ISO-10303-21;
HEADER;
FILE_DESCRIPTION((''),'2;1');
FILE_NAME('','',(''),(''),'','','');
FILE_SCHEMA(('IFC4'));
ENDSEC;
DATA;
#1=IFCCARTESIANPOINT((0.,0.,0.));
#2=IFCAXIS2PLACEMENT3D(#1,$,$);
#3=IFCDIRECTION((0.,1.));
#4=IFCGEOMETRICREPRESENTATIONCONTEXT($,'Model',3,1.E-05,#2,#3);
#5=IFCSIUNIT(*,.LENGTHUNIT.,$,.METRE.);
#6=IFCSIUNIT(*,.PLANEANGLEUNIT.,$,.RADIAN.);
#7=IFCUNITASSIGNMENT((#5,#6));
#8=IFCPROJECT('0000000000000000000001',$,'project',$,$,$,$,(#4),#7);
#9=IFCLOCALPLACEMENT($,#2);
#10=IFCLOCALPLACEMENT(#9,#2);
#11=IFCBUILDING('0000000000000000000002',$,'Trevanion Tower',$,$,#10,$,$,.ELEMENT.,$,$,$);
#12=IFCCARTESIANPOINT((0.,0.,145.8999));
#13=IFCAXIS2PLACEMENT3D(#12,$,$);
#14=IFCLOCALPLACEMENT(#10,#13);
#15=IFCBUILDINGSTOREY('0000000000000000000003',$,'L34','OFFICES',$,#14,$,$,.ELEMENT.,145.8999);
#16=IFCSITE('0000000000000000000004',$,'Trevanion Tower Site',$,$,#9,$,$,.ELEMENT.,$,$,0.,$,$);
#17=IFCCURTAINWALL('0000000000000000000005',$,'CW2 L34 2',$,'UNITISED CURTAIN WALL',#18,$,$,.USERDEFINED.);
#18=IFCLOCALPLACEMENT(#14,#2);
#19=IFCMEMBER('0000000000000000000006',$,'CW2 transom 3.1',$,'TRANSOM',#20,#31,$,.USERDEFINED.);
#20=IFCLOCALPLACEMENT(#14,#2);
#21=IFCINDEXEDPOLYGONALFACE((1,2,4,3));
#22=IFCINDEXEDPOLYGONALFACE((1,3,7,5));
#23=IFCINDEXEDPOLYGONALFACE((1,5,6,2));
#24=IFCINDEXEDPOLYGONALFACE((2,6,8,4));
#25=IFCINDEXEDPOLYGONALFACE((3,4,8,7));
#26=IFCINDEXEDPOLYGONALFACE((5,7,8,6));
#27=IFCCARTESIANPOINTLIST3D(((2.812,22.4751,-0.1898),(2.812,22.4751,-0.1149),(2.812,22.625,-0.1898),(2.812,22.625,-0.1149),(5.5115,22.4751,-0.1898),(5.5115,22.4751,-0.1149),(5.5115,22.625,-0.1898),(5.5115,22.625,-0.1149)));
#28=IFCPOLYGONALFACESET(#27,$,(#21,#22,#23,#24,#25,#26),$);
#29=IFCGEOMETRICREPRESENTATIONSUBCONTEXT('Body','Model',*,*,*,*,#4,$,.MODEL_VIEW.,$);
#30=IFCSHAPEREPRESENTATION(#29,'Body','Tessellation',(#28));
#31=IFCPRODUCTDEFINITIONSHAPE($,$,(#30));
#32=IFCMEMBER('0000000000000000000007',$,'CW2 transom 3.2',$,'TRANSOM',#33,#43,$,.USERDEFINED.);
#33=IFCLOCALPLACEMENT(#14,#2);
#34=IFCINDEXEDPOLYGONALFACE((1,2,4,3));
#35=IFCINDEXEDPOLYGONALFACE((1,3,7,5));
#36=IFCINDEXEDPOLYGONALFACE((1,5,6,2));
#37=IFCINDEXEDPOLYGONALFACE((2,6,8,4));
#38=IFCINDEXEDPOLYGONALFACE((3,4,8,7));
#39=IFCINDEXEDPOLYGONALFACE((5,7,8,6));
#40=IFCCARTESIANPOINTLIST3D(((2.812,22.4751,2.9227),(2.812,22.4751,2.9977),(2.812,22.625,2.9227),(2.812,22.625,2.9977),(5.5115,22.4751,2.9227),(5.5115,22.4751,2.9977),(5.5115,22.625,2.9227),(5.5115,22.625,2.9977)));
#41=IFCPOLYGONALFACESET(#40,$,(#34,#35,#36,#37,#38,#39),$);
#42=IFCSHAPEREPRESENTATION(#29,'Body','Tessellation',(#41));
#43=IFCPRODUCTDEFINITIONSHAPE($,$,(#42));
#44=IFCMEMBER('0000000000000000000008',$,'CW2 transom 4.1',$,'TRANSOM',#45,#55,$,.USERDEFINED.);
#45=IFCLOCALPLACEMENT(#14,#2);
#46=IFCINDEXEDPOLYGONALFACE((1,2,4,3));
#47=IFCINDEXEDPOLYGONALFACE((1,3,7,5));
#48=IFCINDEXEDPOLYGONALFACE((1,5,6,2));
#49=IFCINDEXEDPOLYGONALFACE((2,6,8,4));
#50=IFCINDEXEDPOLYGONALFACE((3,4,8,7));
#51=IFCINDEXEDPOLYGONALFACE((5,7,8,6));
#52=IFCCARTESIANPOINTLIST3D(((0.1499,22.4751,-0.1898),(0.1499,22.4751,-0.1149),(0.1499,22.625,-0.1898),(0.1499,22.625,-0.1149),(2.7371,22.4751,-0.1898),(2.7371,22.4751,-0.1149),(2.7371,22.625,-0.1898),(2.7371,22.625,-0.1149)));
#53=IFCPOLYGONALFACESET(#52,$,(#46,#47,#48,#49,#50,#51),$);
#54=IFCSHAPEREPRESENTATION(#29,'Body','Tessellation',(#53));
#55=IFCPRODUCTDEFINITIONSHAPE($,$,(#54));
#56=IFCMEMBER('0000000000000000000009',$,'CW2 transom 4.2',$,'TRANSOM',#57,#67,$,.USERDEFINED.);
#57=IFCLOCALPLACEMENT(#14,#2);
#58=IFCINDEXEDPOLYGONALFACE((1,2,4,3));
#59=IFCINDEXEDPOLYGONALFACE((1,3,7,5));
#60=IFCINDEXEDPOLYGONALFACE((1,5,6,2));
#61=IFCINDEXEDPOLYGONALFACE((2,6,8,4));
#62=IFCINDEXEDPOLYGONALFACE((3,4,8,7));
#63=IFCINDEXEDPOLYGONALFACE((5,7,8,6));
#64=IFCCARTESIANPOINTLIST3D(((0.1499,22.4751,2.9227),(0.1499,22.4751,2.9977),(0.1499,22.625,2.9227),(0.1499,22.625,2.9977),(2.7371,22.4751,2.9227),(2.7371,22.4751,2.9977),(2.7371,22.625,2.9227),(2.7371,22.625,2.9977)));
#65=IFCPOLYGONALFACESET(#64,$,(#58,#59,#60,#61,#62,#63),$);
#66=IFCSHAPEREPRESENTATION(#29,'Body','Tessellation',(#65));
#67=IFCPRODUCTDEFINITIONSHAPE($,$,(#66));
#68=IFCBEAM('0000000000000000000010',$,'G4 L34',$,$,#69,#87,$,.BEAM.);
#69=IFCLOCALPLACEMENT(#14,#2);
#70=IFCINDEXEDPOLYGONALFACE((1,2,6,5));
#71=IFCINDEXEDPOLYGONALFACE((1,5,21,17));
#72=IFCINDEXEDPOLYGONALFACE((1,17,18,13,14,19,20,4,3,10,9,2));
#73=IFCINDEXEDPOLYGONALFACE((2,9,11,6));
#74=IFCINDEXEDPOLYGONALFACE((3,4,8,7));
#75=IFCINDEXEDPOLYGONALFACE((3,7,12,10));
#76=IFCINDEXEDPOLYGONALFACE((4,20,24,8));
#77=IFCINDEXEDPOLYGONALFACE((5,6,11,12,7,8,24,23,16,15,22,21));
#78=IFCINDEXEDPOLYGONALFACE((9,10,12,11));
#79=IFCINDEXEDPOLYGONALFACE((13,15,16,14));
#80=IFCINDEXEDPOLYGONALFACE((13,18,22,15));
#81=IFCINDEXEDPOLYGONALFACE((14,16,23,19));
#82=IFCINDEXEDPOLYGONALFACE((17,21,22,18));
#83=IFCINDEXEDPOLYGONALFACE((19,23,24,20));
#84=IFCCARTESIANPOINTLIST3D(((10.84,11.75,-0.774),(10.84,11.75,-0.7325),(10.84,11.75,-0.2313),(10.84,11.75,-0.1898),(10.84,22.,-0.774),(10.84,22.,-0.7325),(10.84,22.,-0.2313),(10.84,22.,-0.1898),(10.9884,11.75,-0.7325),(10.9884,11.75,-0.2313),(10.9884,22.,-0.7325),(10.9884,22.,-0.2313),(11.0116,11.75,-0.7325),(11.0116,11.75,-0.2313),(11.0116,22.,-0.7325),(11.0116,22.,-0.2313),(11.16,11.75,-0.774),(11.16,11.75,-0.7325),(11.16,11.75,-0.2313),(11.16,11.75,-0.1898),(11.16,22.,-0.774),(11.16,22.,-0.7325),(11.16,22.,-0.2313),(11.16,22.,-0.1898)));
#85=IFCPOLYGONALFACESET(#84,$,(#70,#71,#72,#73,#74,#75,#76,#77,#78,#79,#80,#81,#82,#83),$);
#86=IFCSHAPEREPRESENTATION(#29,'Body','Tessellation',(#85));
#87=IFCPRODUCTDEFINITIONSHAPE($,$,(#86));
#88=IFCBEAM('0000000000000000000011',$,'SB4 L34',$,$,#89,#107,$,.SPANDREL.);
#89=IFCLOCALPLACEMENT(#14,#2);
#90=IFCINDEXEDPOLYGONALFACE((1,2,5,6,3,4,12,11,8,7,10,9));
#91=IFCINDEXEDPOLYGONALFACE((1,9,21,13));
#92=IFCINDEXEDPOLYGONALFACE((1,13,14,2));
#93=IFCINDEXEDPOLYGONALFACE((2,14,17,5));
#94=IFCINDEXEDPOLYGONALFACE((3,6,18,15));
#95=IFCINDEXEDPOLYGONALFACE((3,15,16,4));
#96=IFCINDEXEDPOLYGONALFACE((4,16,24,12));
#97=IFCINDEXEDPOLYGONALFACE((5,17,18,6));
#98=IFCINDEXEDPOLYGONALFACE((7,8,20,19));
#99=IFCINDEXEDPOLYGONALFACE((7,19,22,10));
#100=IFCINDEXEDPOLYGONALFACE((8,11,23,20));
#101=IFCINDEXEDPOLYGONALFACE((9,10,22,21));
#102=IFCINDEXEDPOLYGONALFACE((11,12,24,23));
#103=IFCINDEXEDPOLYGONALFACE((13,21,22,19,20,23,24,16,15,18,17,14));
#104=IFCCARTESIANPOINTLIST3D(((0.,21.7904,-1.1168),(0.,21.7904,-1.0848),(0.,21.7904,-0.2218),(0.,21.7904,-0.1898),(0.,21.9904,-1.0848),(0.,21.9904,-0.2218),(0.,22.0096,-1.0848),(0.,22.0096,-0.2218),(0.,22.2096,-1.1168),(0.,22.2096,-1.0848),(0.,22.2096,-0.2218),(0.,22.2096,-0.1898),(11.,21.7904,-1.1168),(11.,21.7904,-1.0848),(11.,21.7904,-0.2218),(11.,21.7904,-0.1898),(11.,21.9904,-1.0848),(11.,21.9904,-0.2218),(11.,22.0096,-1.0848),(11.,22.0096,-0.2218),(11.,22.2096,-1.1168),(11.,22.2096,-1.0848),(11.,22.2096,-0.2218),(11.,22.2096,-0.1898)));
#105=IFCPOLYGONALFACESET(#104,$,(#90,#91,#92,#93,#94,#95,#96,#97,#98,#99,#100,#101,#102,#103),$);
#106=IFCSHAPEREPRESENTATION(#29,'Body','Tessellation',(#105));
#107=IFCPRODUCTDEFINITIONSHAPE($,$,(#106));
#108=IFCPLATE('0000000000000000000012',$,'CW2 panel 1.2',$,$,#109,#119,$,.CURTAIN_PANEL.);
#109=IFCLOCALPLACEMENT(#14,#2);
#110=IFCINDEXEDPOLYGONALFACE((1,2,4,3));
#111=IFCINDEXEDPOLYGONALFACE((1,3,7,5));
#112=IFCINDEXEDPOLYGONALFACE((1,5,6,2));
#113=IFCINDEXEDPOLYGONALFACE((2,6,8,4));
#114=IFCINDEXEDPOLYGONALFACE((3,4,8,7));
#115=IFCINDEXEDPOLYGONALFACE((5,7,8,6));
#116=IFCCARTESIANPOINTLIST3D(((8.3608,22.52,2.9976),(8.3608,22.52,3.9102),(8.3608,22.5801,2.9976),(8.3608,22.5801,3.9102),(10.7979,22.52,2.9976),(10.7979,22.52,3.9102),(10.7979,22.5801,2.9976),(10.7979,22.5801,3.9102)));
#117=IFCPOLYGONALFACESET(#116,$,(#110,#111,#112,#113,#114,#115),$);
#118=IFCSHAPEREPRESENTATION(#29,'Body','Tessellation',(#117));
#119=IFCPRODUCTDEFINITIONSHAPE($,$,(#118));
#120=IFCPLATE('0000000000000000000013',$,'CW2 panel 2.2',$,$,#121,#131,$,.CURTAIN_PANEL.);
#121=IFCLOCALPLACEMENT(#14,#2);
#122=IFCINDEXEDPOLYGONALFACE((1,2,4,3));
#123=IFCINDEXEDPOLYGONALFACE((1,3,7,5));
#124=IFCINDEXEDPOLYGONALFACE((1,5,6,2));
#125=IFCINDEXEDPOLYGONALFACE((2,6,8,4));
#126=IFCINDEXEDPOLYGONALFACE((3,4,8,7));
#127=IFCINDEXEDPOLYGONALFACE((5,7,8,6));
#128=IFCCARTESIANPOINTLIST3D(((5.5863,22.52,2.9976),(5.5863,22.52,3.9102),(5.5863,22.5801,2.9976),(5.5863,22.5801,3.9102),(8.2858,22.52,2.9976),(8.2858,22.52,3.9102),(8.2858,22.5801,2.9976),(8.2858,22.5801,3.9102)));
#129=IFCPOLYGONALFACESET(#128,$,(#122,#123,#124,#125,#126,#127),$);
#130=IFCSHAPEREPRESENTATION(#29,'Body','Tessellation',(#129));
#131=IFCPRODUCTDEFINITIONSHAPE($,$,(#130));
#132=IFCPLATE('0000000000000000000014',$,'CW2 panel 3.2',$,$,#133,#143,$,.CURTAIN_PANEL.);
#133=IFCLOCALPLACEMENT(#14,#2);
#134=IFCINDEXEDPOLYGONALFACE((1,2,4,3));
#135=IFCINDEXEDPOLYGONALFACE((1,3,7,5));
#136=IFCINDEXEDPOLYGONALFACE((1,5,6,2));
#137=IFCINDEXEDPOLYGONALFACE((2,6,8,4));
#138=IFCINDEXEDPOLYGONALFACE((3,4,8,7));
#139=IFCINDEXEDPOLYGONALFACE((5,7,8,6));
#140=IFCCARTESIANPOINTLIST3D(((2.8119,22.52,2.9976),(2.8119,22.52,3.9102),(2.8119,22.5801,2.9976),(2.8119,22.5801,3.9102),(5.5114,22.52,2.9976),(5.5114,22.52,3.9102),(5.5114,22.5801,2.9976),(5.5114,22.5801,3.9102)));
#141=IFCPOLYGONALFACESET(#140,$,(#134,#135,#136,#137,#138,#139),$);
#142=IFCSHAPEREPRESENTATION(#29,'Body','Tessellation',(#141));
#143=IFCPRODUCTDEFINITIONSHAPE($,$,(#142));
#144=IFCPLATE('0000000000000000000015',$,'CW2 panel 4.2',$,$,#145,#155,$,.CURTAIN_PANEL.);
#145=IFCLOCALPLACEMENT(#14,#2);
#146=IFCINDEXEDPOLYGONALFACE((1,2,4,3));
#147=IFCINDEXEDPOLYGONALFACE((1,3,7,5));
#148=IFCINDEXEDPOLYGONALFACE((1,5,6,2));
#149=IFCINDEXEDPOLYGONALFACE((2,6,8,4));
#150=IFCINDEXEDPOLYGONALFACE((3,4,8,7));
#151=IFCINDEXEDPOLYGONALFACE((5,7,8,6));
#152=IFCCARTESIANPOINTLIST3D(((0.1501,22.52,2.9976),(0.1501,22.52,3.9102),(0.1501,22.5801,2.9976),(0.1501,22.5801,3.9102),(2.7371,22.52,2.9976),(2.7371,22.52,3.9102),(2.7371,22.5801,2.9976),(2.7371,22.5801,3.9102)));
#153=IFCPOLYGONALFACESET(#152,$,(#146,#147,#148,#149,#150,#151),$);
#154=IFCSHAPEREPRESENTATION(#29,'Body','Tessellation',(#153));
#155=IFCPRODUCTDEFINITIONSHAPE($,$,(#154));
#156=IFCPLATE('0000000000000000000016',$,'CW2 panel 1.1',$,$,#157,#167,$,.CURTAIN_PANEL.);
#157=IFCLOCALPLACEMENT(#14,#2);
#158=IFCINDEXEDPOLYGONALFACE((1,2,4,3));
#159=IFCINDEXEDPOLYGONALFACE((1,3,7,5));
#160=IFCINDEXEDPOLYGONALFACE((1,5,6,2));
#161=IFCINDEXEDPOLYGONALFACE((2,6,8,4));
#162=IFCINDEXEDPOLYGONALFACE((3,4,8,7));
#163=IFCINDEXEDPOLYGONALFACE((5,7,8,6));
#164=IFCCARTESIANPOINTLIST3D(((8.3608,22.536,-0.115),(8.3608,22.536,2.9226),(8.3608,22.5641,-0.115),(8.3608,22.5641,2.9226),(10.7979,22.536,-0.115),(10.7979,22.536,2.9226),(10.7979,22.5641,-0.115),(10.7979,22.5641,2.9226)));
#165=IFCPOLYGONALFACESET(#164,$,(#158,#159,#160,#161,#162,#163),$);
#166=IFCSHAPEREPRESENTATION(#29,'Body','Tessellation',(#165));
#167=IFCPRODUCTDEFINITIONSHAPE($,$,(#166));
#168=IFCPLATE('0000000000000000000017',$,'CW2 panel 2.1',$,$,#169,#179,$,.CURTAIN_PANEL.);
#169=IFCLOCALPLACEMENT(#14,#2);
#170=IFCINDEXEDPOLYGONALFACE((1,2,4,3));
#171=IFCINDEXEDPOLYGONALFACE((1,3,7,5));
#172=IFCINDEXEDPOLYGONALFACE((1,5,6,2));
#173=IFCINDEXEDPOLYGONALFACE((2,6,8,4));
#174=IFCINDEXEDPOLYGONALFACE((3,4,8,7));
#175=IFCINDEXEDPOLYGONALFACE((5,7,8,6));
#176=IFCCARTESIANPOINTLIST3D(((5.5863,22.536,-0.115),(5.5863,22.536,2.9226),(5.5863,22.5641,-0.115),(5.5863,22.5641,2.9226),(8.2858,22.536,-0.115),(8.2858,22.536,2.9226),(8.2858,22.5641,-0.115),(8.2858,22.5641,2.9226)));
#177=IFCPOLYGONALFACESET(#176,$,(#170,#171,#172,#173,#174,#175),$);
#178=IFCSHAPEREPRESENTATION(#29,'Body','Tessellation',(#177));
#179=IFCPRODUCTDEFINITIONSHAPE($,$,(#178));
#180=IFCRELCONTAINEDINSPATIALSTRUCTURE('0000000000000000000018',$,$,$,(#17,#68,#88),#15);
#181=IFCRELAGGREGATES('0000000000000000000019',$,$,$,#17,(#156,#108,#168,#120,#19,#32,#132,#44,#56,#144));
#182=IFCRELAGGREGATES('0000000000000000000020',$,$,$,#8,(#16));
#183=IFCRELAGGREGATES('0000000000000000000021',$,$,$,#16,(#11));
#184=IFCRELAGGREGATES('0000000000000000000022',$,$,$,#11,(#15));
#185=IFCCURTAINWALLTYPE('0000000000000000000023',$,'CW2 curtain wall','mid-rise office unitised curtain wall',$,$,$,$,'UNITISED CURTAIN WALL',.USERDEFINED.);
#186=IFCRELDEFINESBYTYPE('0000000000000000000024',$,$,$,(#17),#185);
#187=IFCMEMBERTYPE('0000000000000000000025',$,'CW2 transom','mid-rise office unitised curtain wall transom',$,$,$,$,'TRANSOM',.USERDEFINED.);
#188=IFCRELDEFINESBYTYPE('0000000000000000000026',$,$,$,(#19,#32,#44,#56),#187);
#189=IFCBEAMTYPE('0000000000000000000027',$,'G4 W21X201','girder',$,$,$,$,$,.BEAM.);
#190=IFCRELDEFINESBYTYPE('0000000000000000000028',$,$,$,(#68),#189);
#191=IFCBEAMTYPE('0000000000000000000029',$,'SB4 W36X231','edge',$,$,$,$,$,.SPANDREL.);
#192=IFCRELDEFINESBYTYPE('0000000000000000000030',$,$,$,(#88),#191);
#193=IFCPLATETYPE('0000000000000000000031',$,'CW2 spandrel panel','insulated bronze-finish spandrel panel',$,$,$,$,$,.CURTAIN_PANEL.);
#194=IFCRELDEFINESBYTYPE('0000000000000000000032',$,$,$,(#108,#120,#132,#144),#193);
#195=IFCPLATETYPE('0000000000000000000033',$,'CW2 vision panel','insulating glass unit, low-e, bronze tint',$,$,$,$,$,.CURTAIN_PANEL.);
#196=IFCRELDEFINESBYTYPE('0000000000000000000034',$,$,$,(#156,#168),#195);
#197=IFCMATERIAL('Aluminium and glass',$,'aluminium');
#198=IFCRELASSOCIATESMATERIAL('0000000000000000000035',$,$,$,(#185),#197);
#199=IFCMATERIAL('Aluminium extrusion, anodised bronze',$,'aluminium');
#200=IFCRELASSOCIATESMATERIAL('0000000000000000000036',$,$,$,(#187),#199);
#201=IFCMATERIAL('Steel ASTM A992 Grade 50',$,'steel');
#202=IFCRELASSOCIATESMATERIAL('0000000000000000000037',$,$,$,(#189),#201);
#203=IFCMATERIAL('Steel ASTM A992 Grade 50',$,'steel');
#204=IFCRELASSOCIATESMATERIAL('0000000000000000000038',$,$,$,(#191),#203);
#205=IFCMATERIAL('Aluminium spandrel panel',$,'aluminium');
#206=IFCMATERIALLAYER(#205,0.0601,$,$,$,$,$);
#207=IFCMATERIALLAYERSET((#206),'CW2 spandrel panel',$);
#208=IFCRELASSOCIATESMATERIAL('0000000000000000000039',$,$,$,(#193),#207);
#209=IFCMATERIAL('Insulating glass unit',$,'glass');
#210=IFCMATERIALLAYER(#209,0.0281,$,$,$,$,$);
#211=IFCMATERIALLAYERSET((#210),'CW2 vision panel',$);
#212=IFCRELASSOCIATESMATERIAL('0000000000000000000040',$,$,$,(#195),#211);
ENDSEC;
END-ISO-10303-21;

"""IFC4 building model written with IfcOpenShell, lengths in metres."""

from ifc_helpers import new_model, si_unit, direction, frame, origin, origin_2d, place, context, subcontext, project, spatial, rectangle, i_section, extrude, material, layer, layer_set, material_profile, profile_set, type_object, element, aggregate, save


model = new_model("IFC4")

# Units and contexts
model_context = context("Model", 3, precision=1e-05, world=origin(), true_north=direction((0.0, 1.0)))
body_context = subcontext(model_context, "Body", "Model", "MODEL_VIEW")
ifc_project = project(units=[si_unit("LENGTHUNIT", "METRE"), si_unit("PLANEANGLEUNIT", "RADIAN")], contexts=[model_context])

# Site, building, storey
site_placement = place(None, origin())
site = spatial("IfcSite", under=ifc_project, at=site_placement, Name="Trevanion Tower Site", CompositionType="ELEMENT", RefElevation=0.0)
building_placement = place(site_placement, origin())
building = spatial("IfcBuilding", under=site, at=building_placement, Name="Trevanion Tower", CompositionType="ELEMENT")
storey_placement = place(building_placement, frame((0.0, 0.0, 145.8999)))
storey = spatial("IfcBuildingStorey", under=building, at=storey_placement, Name="L34", Description="OFFICES", CompositionType="ELEMENT", Elevation=145.8999)

# Curtain wall, members
ifc_material_1 = material(Name="Aluminium and glass", Category="aluminium")
curtain_wall_type = type_object("IfcCurtainWallType", Name="CW2 curtain wall", Description="mid-rise office unitised curtain wall", ElementType="UNITISED CURTAIN WALL", PredefinedType="USERDEFINED", material=ifc_material_1)
curtain_wall_placement = place(storey_placement, origin())
curtain_wall = element("IfcCurtainWall", 1, at=curtain_wall_placement, inside=storey, type_object=curtain_wall_type, Name="CW2 L34 2", ObjectType="UNITISED CURTAIN WALL", PredefinedType="USERDEFINED")
ifc_material_2 = material(Name="Aluminium extrusion, anodised bronze", Category="aluminium")
ifc_material_profile_1 = material_profile(ifc_material_2, rectangle(XDim=0.1499, YDim=0.075, at=origin_2d()), Name="CW2 transom")
ifc_profile_set_1 = profile_set([ifc_material_profile_1], Name="Aluminium extrusion, anodised bronze")
member_type_1 = type_object("IfcMemberType", Name="CW2 transom", Description="mid-rise office unitised curtain wall transom", ElementType="TRANSOM", PredefinedType="USERDEFINED", material=ifc_profile_set_1)
member_1_placement = place(storey_placement, frame((5.5115, 22.55, -0.1523), z_axis=(-1.0, 0.0, 0.0), x_axis=(0.0, -1.0, 0.0)))
member_1 = element("IfcMember", 2, at=member_1_placement, type_object=member_type_1, Name="CW2 transom 3.1", ObjectType="TRANSOM", PredefinedType="USERDEFINED", context=body_context, shape_type="SweptSolid", body=[
    extrude(rectangle(XDim=0.1499, YDim=0.075, at=origin_2d()), origin(), (0.0, 0.0, 1.0), 2.6995),
])
member_2_placement = place(storey_placement, frame((5.5115, 22.55, 2.9602), z_axis=(-1.0, 0.0, 0.0), x_axis=(0.0, -1.0, 0.0)))
member_2 = element("IfcMember", 3, at=member_2_placement, type_object=member_type_1, Name="CW2 transom 3.2", ObjectType="TRANSOM", PredefinedType="USERDEFINED", context=body_context, shape_type="SweptSolid", body=[
    extrude(rectangle(XDim=0.1499, YDim=0.075, at=origin_2d()), origin(), (0.0, 0.0, 1.0), 2.6995),
])
member_3_placement = place(storey_placement, frame((2.7371, 22.55, -0.1523), z_axis=(-1.0, 0.0, 0.0), x_axis=(0.0, -1.0, 0.0)))
member_3 = element("IfcMember", 4, at=member_3_placement, type_object=member_type_1, Name="CW2 transom 4.1", ObjectType="TRANSOM", PredefinedType="USERDEFINED", context=body_context, shape_type="SweptSolid", body=[
    extrude(rectangle(XDim=0.1499, YDim=0.075, at=origin_2d()), origin(), (0.0, 0.0, 1.0), 2.5872),
])
member_4_placement = place(storey_placement, frame((2.7371, 22.55, 2.9602), z_axis=(-1.0, 0.0, 0.0), x_axis=(0.0, -1.0, 0.0)))
member_4 = element("IfcMember", 5, at=member_4_placement, type_object=member_type_1, Name="CW2 transom 4.2", ObjectType="TRANSOM", PredefinedType="USERDEFINED", context=body_context, shape_type="SweptSolid", body=[
    extrude(rectangle(XDim=0.1499, YDim=0.075, at=origin_2d()), origin(), (0.0, 0.0, 1.0), 2.5872),
])

# Beams
ifc_material_3 = material(Name="Steel ASTM A992 Grade 50", Category="steel")
ifc_material_profile_2 = material_profile(ifc_material_3, i_section(OverallWidth=0.3201, OverallDepth=0.5842, WebThickness=0.0232, FlangeThickness=0.0415, at=origin_2d()), Name="W21X201")
ifc_profile_set_2 = profile_set([ifc_material_profile_2], Name="Steel ASTM A992 Grade 50")
beam_type_1 = type_object("IfcBeamType", Name="G4 W21X201", Description="girder", PredefinedType="BEAM", material=ifc_profile_set_2)
beam_1_placement = place(storey_placement, frame((11.0, 11.75, -0.4819), z_axis=(0.0, 1.0, 0.0), x_axis=(-1.0, 0.0, 0.0)))
element("IfcBeam", 6, at=beam_1_placement, inside=storey, type_object=beam_type_1, Name="G4 L34", PredefinedType="BEAM", context=body_context, shape_type="SweptSolid", body=[
    extrude(i_section(OverallWidth=0.3201, OverallDepth=0.5842, WebThickness=0.0232, FlangeThickness=0.0415, at=origin_2d()), origin(), (0.0, 0.0, 1.0), 10.25),
])
ifc_material_4 = material(Name="Steel ASTM A992 Grade 50", Category="steel")
ifc_material_profile_3 = material_profile(ifc_material_4, i_section(OverallWidth=0.4192, OverallDepth=0.927, WebThickness=0.0193, FlangeThickness=0.032, at=origin_2d()), Name="W36X231")
ifc_profile_set_3 = profile_set([ifc_material_profile_3], Name="Steel ASTM A992 Grade 50")
beam_type_2 = type_object("IfcBeamType", Name="SB4 W36X231", Description="edge", PredefinedType="SPANDREL", material=ifc_profile_set_3)
beam_2_placement = place(storey_placement, frame((11.0, 22.0, -0.6533), z_axis=(-1.0, 0.0, 0.0), x_axis=(0.0, -1.0, 0.0)))
element("IfcBeam", 7, at=beam_2_placement, inside=storey, type_object=beam_type_2, Name="SB4 L34", PredefinedType="SPANDREL", context=body_context, shape_type="SweptSolid", body=[
    extrude(i_section(OverallWidth=0.4192, OverallDepth=0.927, WebThickness=0.0193, FlangeThickness=0.032, at=origin_2d()), origin(), (0.0, 0.0, 1.0), 11.0),
])

# Plates
ifc_material_5 = material(Name="Aluminium spandrel panel", Category="aluminium")
ifc_layer_1 = layer(ifc_material_5, 0.0601)
ifc_layer_set_1 = layer_set([ifc_layer_1], Name="CW2 spandrel panel")
plate_type_1 = type_object("IfcPlateType", Name="CW2 spandrel panel", Description="insulated bronze-finish spandrel panel", PredefinedType="CURTAIN_PANEL", material=ifc_layer_set_1)
plate_1_placement = place(storey_placement, frame((9.5793, 22.55, 2.9976), z_axis=(0.0, 0.0, 1.0), x_axis=(-1.0, 0.0, 0.0)))
plate_1 = element("IfcPlate", 8, at=plate_1_placement, type_object=plate_type_1, Name="CW2 panel 1.2", PredefinedType="CURTAIN_PANEL", context=body_context, shape_type="SweptSolid", body=[
    extrude(rectangle(XDim=2.437, YDim=0.0601, at=origin_2d()), origin(), (0.0, 0.0, 1.0), 0.9126),
])
plate_2_placement = place(storey_placement, frame((6.936, 22.55, 2.9976), z_axis=(0.0, 0.0, 1.0), x_axis=(-1.0, 0.0, 0.0)))
plate_2 = element("IfcPlate", 9, at=plate_2_placement, type_object=plate_type_1, Name="CW2 panel 2.2", PredefinedType="CURTAIN_PANEL", context=body_context, shape_type="SweptSolid", body=[
    extrude(rectangle(XDim=2.6995, YDim=0.0601, at=origin_2d()), origin(), (0.0, 0.0, 1.0), 0.9126),
])
plate_3_placement = place(storey_placement, frame((4.1616, 22.55, 2.9976), z_axis=(0.0, 0.0, 1.0), x_axis=(-1.0, 0.0, 0.0)))
plate_3 = element("IfcPlate", 10, at=plate_3_placement, type_object=plate_type_1, Name="CW2 panel 3.2", PredefinedType="CURTAIN_PANEL", context=body_context, shape_type="SweptSolid", body=[
    extrude(rectangle(XDim=2.6995, YDim=0.0601, at=origin_2d()), origin(), (0.0, 0.0, 1.0), 0.9126),
])
plate_4_placement = place(storey_placement, frame((1.4436, 22.55, 2.9976), z_axis=(0.0, 0.0, 1.0), x_axis=(-1.0, 0.0, 0.0)))
plate_4 = element("IfcPlate", 11, at=plate_4_placement, type_object=plate_type_1, Name="CW2 panel 4.2", PredefinedType="CURTAIN_PANEL", context=body_context, shape_type="SweptSolid", body=[
    extrude(rectangle(XDim=2.5869, YDim=0.0601, at=origin_2d()), origin(), (0.0, 0.0, 1.0), 0.9126),
])
ifc_material_6 = material(Name="Insulating glass unit", Category="glass")
ifc_layer_2 = layer(ifc_material_6, 0.0281)
ifc_layer_set_2 = layer_set([ifc_layer_2], Name="CW2 vision panel")
plate_type_2 = type_object("IfcPlateType", Name="CW2 vision panel", Description="insulating glass unit, low-e, bronze tint", PredefinedType="CURTAIN_PANEL", material=ifc_layer_set_2)
plate_5_placement = place(storey_placement, frame((9.5793, 22.55, -0.115), z_axis=(0.0, 0.0, 1.0), x_axis=(-1.0, 0.0, 0.0)))
plate_5 = element("IfcPlate", 12, at=plate_5_placement, type_object=plate_type_2, Name="CW2 panel 1.1", PredefinedType="CURTAIN_PANEL", context=body_context, shape_type="SweptSolid", body=[
    extrude(rectangle(XDim=2.437, YDim=0.0281, at=origin_2d()), origin(), (0.0, 0.0, 1.0), 3.0376),
])
plate_6_placement = place(storey_placement, frame((6.936, 22.55, -0.115), z_axis=(0.0, 0.0, 1.0), x_axis=(-1.0, 0.0, 0.0)))
plate_6 = element("IfcPlate", 13, at=plate_6_placement, type_object=plate_type_2, Name="CW2 panel 2.1", PredefinedType="CURTAIN_PANEL", context=body_context, shape_type="SweptSolid", body=[
    extrude(rectangle(XDim=2.6995, YDim=0.0281, at=origin_2d()), origin(), (0.0, 0.0, 1.0), 3.0376),
])
aggregate(curtain_wall, [plate_5, plate_1, plate_6, plate_2, member_1, member_2, plate_3, member_3, member_4, plate_4])

save(model, "model.ifc")
